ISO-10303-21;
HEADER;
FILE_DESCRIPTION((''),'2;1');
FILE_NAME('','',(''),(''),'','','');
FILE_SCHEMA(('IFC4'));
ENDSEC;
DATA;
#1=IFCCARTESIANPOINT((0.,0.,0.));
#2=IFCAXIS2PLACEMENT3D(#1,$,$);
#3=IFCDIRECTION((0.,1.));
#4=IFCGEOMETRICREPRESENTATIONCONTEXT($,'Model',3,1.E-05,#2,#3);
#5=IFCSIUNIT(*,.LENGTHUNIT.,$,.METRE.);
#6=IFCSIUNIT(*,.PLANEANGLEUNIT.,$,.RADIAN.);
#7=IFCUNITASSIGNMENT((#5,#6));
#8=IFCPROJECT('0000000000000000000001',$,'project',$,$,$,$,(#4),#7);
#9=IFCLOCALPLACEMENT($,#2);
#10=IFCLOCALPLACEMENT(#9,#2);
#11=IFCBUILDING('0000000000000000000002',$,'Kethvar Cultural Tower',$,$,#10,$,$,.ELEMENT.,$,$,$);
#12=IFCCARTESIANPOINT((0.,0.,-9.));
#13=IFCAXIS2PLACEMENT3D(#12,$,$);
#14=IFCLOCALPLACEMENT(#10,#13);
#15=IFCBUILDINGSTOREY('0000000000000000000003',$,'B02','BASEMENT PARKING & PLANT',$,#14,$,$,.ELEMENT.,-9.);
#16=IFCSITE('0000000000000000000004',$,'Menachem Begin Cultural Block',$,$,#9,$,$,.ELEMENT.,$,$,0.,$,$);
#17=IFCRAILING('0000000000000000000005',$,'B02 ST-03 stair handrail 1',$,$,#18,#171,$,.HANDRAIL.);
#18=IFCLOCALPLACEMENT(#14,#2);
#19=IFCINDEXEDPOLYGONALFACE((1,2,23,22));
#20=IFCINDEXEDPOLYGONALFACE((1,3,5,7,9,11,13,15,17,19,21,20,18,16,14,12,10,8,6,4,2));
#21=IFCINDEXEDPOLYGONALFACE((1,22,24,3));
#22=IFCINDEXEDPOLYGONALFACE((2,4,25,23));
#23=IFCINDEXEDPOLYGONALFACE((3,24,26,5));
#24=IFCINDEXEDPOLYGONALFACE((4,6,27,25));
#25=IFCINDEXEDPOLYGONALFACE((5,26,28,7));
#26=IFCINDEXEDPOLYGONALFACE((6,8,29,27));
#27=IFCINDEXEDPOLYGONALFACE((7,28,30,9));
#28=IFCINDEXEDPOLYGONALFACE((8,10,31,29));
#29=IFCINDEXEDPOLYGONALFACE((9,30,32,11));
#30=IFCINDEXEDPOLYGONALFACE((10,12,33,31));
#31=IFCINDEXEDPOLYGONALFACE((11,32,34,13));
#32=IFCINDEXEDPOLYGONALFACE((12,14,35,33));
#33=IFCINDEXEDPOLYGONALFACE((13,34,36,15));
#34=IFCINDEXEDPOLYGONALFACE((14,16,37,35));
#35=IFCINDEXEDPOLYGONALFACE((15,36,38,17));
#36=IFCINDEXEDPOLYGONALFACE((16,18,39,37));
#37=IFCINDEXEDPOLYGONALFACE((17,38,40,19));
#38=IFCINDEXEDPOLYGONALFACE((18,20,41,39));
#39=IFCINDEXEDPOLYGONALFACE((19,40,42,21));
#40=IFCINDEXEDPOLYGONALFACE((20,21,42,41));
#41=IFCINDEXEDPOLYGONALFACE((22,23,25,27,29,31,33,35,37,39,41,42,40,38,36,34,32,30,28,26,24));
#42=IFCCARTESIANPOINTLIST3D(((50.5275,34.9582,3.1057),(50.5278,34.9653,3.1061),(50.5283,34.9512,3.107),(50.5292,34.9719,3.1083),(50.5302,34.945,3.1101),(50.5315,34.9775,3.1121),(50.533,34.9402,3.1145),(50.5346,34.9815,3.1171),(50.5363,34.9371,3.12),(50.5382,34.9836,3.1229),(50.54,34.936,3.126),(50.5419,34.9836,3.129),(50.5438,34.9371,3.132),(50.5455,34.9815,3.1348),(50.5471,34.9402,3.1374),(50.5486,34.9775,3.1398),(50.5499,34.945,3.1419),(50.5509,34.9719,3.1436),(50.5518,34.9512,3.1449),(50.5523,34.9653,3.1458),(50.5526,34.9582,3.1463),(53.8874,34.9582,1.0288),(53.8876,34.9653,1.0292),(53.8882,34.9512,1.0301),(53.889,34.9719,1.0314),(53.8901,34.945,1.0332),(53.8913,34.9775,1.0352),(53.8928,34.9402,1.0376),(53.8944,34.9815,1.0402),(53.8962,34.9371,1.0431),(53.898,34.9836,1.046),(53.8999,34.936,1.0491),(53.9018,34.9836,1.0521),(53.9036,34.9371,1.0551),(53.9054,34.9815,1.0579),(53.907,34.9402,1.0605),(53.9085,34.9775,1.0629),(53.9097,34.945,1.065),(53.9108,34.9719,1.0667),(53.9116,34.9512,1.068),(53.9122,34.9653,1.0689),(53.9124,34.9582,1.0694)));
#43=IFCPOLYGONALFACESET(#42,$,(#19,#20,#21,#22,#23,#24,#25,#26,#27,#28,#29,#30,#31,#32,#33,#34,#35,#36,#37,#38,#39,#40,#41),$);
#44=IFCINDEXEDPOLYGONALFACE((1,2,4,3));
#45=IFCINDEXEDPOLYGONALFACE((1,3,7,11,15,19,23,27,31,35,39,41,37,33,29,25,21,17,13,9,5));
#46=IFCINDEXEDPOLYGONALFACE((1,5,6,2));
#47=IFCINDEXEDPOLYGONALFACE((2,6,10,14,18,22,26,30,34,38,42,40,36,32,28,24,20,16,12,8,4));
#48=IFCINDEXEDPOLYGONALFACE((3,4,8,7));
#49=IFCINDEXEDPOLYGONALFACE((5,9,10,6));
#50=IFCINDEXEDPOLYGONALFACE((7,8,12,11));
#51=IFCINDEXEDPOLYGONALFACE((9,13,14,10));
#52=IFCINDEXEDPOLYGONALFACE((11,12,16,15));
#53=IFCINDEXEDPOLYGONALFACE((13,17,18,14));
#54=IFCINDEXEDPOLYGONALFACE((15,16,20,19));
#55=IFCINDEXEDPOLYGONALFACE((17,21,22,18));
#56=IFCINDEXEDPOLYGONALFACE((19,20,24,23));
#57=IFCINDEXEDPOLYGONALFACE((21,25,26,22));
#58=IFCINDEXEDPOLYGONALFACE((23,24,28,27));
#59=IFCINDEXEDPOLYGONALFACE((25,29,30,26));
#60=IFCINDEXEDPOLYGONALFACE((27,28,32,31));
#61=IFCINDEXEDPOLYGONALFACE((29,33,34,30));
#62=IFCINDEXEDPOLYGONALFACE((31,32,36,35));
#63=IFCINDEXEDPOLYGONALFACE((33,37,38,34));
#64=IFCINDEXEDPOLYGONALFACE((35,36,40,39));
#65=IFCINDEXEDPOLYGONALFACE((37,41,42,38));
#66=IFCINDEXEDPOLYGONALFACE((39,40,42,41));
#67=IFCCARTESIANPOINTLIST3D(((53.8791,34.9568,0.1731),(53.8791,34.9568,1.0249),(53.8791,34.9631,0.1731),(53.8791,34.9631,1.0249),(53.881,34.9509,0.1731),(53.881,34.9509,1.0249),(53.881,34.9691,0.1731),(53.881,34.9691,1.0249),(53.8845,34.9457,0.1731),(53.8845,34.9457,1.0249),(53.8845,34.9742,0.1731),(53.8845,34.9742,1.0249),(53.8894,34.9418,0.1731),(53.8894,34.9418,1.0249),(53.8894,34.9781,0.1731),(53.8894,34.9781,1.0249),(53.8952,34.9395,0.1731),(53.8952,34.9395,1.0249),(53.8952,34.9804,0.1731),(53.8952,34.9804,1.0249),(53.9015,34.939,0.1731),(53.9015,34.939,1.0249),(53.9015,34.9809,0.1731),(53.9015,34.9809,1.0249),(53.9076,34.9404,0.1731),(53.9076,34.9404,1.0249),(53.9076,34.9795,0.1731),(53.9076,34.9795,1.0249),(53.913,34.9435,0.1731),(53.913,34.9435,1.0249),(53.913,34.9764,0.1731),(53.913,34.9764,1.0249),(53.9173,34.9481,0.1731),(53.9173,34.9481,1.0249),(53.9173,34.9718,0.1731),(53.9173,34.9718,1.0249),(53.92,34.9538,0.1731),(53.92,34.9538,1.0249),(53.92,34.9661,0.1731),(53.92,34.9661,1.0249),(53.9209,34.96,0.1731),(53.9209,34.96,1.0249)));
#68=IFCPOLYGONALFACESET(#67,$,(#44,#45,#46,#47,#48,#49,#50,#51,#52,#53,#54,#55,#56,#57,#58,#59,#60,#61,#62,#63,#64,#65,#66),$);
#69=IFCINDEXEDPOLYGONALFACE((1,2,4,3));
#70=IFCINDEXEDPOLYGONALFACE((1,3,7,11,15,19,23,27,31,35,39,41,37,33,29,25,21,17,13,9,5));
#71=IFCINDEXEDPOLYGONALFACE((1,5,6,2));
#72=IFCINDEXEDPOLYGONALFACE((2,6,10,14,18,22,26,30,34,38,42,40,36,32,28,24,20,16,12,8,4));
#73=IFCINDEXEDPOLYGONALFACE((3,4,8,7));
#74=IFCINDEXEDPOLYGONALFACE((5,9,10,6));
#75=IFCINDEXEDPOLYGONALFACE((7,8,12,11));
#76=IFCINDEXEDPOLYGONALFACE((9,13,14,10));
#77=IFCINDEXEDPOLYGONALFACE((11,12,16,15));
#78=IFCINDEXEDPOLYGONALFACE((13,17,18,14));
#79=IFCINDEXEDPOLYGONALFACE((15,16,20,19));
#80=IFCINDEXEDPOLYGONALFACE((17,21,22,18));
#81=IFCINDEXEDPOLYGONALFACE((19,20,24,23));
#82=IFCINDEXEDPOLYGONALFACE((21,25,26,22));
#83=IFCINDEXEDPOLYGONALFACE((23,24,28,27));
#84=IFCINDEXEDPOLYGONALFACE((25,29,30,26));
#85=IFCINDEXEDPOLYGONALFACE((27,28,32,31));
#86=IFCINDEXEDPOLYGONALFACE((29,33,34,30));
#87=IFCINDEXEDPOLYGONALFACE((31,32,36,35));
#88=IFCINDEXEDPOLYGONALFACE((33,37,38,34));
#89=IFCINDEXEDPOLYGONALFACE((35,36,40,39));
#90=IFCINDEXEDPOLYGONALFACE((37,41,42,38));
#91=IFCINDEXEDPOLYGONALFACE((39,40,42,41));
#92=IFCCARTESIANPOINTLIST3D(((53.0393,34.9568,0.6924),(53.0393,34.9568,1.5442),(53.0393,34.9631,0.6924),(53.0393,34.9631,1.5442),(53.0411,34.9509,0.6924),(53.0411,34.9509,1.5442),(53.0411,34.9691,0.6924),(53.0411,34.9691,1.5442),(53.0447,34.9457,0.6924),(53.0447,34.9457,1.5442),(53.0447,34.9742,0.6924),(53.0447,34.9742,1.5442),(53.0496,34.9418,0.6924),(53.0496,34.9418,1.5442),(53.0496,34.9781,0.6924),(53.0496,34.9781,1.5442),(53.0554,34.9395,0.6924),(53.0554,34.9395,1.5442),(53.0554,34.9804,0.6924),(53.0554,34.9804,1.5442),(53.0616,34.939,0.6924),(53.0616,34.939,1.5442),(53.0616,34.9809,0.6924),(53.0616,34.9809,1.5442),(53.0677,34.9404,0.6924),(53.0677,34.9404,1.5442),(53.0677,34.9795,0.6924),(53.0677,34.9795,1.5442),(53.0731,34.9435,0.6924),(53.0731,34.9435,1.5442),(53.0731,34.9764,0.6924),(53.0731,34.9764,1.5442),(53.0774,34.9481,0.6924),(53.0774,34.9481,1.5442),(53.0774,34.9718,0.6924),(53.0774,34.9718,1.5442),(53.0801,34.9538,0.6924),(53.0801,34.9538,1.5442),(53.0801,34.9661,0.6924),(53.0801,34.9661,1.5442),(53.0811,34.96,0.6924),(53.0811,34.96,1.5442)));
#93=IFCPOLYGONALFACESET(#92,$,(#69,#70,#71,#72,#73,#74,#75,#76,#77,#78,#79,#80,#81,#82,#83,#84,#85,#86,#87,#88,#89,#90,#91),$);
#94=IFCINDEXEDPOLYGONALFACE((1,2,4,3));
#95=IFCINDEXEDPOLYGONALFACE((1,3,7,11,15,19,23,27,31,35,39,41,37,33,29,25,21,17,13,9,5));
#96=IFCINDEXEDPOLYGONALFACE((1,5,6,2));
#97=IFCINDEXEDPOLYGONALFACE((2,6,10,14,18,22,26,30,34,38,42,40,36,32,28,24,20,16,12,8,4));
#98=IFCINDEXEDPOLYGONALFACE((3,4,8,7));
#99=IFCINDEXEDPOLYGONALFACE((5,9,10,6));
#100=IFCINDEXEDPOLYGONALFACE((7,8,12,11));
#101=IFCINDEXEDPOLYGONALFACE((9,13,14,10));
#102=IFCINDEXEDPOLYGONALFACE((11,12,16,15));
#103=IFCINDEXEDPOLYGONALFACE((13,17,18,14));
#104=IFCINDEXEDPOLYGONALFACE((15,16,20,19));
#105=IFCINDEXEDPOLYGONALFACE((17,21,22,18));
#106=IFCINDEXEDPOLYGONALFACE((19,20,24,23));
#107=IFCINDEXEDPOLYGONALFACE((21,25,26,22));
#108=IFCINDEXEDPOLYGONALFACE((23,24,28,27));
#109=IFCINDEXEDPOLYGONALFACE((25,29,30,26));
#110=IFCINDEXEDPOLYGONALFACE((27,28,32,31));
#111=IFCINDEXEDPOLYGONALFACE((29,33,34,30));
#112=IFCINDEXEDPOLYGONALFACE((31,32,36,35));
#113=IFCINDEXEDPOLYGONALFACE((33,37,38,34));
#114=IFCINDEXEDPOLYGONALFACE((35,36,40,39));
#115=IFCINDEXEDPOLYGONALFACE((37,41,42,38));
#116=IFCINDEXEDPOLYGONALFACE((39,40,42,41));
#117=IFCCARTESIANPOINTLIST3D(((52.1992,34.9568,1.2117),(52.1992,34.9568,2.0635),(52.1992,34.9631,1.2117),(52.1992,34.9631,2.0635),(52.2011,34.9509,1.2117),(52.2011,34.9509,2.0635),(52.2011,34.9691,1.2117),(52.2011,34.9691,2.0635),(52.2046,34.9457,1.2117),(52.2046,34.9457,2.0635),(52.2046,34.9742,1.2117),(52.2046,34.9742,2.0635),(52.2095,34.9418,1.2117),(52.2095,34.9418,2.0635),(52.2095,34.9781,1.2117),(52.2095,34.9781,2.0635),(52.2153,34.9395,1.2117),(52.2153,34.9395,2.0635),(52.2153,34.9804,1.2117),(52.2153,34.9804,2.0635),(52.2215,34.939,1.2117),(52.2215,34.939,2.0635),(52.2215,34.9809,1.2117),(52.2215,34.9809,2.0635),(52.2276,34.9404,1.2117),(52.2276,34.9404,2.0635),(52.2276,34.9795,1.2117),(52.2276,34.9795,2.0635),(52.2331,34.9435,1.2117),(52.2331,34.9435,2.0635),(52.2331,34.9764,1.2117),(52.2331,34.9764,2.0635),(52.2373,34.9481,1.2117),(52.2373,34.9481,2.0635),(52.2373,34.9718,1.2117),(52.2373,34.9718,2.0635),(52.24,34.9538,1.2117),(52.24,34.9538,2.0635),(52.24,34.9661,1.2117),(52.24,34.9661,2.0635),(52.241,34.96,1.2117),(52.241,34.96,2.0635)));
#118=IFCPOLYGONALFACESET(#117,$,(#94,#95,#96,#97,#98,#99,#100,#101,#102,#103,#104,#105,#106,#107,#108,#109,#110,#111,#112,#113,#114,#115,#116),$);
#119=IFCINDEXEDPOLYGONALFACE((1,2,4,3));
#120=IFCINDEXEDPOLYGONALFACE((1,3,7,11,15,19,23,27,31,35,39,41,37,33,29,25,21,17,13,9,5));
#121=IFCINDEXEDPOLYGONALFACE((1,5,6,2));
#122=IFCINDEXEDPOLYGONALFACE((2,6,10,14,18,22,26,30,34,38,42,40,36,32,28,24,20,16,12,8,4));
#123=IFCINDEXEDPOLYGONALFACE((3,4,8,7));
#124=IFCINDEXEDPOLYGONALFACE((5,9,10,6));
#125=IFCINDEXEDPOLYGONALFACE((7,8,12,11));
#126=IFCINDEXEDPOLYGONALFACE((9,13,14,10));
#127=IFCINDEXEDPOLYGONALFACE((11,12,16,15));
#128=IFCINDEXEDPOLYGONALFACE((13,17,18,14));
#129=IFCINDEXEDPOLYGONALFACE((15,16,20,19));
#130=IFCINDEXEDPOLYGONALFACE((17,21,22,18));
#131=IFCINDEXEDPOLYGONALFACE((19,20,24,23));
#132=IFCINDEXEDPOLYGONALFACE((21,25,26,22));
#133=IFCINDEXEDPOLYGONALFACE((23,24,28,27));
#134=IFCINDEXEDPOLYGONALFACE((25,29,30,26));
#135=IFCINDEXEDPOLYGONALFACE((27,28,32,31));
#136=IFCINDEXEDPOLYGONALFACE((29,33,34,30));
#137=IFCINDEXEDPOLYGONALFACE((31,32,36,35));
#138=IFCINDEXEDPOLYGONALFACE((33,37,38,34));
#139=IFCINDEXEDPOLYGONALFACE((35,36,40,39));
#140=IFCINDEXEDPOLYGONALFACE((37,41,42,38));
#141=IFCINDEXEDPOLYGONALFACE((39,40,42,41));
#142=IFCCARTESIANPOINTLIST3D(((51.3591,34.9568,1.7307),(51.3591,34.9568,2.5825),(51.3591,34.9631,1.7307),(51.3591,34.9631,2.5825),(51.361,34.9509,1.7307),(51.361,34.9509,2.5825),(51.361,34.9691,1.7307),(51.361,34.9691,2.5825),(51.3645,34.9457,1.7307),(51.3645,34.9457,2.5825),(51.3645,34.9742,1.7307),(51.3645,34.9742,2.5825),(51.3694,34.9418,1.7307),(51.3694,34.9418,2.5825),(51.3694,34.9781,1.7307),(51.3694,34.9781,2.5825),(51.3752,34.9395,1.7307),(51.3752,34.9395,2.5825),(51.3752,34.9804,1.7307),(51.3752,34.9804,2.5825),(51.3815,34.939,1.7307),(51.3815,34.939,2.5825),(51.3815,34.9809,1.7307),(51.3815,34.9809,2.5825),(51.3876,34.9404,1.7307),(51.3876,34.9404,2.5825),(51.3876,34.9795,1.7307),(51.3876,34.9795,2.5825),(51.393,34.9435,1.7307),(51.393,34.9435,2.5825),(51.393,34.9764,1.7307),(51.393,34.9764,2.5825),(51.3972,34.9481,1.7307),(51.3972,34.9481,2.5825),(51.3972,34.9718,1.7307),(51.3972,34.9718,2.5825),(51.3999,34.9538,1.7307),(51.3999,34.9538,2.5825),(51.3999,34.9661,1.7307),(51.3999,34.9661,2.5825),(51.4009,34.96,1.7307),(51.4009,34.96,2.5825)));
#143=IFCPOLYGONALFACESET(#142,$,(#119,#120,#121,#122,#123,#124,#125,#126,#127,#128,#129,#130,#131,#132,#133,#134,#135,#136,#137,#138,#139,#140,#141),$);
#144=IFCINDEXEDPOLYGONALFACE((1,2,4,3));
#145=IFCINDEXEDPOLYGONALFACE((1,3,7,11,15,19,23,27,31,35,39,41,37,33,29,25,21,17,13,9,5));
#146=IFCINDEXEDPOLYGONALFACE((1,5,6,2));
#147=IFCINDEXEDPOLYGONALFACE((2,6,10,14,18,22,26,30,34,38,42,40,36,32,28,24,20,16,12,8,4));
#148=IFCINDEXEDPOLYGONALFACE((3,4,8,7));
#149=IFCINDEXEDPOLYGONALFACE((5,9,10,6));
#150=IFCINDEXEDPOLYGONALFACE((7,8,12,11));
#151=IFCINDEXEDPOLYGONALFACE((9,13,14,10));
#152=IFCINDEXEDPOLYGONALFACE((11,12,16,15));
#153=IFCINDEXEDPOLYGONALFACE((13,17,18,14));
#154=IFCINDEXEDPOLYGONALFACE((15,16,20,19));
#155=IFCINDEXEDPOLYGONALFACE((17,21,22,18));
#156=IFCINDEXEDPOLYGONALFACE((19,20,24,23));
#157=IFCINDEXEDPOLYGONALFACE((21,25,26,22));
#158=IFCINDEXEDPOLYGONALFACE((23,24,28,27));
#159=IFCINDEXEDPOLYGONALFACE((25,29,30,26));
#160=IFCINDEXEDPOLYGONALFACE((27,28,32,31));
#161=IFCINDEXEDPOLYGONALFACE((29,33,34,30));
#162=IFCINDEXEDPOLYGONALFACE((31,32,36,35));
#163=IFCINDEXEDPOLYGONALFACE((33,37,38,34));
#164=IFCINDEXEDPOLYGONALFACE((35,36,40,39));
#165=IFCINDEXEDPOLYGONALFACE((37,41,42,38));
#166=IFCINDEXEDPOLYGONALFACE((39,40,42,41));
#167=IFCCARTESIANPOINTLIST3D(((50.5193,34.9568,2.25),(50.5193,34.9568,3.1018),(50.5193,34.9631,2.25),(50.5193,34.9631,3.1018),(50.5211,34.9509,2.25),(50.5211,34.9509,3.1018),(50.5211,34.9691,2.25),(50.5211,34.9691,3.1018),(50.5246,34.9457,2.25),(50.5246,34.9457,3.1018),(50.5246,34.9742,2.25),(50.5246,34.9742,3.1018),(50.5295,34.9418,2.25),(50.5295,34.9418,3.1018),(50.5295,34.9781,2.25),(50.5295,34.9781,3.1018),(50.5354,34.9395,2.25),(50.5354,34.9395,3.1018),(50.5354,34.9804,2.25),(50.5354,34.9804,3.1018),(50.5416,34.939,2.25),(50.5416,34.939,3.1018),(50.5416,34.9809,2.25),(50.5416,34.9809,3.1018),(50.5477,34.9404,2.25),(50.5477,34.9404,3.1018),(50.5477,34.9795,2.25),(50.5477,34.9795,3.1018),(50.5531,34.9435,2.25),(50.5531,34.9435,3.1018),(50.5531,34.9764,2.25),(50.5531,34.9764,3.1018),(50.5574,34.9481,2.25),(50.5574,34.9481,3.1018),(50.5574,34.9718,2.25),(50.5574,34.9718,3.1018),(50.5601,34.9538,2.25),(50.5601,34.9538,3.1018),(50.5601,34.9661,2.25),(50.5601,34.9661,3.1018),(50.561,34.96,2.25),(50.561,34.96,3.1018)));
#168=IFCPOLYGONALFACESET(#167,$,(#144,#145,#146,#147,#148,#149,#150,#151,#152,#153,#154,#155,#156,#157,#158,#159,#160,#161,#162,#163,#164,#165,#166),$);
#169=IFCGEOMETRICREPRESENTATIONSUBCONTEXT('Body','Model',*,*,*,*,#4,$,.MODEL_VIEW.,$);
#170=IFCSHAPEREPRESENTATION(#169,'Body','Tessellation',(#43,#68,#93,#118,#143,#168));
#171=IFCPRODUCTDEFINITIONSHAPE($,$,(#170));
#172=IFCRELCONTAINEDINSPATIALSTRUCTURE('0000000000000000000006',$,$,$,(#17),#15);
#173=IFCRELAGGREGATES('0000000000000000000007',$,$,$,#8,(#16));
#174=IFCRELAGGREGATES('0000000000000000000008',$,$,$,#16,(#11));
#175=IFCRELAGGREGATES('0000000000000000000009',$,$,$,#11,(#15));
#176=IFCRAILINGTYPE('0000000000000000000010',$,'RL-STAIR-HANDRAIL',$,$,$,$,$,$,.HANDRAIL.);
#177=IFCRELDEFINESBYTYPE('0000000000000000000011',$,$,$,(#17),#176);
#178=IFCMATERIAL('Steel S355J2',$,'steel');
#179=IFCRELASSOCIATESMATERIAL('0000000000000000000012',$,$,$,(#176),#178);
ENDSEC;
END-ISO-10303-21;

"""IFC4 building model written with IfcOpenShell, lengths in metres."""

from ifc_helpers import new_model, si_unit, direction, frame, origin, origin_2d, place, context, subcontext, project, spatial, circle, extrude, material, type_object, element, save


model = new_model("IFC4")

# Units and contexts
model_context = context("Model", 3, precision=1e-05, world=origin(), true_north=direction((0.0, 1.0)))
body_context = subcontext(model_context, "Body", "Model", "MODEL_VIEW")
ifc_project = project(units=[si_unit("LENGTHUNIT", "METRE"), si_unit("PLANEANGLEUNIT", "RADIAN")], contexts=[model_context])

# Site, building, storey
site_placement = place(None, origin())
site = spatial("IfcSite", under=ifc_project, at=site_placement, Name="Menachem Begin Cultural Block", CompositionType="ELEMENT", RefElevation=0.0)
building_placement = place(site_placement, origin())
building = spatial("IfcBuilding", under=site, at=building_placement, Name="Kethvar Cultural Tower", CompositionType="ELEMENT")
storey_placement = place(building_placement, frame((0.0, 0.0, -9.0)))
storey = spatial("IfcBuildingStorey", under=building, at=storey_placement, Name="B02", Description="BASEMENT PARKING & PLANT", CompositionType="ELEMENT", Elevation=-9.0)

# Shared definitions
ifc_material_1 = material(Name="Steel S355J2", Category="steel")

# Railing
railing_type_1 = type_object("IfcRailingType", Name="RL-STAIR-HANDRAIL", PredefinedType="HANDRAIL", material=ifc_material_1)
railing_1_placement = place(storey_placement, frame((53.8999, 34.96, 0.1731)))
element("IfcRailing", 1, at=railing_1_placement, inside=storey, type_object=railing_type_1, Name="B02 ST-03 stair handrail 1", PredefinedType="HANDRAIL", context=body_context, shape_type="SweptSolid", body=[
    extrude(circle(Radius=0.0239, at=origin_2d()), frame((0.0, 0.0, 0.876), z_axis=(-0.850606, 0.0, 0.525803), x_axis=(0.0, -1.0, 0.0)), (0.0, 0.0, 1.0), 3.95),
    extrude(circle(Radius=0.021, at=origin_2d()), origin(), (0.0, 0.0, 1.0), 0.8518),
    extrude(circle(Radius=0.021, at=origin_2d()), frame((-0.8398, 0.0, 0.5193)), (0.0, 0.0, 1.0), 0.8518),
    extrude(circle(Radius=0.021, at=origin_2d()), frame((-1.6799, 0.0, 1.0386)), (0.0, 0.0, 1.0), 0.8518),
    extrude(circle(Radius=0.021, at=origin_2d()), frame((-2.52, 0.0, 1.5576)), (0.0, 0.0, 1.0), 0.8518),
    extrude(circle(Radius=0.021, at=origin_2d()), frame((-3.3599, 0.0, 2.0769)), (0.0, 0.0, 1.0), 0.8518),
])

save(model, "model.ifc")
